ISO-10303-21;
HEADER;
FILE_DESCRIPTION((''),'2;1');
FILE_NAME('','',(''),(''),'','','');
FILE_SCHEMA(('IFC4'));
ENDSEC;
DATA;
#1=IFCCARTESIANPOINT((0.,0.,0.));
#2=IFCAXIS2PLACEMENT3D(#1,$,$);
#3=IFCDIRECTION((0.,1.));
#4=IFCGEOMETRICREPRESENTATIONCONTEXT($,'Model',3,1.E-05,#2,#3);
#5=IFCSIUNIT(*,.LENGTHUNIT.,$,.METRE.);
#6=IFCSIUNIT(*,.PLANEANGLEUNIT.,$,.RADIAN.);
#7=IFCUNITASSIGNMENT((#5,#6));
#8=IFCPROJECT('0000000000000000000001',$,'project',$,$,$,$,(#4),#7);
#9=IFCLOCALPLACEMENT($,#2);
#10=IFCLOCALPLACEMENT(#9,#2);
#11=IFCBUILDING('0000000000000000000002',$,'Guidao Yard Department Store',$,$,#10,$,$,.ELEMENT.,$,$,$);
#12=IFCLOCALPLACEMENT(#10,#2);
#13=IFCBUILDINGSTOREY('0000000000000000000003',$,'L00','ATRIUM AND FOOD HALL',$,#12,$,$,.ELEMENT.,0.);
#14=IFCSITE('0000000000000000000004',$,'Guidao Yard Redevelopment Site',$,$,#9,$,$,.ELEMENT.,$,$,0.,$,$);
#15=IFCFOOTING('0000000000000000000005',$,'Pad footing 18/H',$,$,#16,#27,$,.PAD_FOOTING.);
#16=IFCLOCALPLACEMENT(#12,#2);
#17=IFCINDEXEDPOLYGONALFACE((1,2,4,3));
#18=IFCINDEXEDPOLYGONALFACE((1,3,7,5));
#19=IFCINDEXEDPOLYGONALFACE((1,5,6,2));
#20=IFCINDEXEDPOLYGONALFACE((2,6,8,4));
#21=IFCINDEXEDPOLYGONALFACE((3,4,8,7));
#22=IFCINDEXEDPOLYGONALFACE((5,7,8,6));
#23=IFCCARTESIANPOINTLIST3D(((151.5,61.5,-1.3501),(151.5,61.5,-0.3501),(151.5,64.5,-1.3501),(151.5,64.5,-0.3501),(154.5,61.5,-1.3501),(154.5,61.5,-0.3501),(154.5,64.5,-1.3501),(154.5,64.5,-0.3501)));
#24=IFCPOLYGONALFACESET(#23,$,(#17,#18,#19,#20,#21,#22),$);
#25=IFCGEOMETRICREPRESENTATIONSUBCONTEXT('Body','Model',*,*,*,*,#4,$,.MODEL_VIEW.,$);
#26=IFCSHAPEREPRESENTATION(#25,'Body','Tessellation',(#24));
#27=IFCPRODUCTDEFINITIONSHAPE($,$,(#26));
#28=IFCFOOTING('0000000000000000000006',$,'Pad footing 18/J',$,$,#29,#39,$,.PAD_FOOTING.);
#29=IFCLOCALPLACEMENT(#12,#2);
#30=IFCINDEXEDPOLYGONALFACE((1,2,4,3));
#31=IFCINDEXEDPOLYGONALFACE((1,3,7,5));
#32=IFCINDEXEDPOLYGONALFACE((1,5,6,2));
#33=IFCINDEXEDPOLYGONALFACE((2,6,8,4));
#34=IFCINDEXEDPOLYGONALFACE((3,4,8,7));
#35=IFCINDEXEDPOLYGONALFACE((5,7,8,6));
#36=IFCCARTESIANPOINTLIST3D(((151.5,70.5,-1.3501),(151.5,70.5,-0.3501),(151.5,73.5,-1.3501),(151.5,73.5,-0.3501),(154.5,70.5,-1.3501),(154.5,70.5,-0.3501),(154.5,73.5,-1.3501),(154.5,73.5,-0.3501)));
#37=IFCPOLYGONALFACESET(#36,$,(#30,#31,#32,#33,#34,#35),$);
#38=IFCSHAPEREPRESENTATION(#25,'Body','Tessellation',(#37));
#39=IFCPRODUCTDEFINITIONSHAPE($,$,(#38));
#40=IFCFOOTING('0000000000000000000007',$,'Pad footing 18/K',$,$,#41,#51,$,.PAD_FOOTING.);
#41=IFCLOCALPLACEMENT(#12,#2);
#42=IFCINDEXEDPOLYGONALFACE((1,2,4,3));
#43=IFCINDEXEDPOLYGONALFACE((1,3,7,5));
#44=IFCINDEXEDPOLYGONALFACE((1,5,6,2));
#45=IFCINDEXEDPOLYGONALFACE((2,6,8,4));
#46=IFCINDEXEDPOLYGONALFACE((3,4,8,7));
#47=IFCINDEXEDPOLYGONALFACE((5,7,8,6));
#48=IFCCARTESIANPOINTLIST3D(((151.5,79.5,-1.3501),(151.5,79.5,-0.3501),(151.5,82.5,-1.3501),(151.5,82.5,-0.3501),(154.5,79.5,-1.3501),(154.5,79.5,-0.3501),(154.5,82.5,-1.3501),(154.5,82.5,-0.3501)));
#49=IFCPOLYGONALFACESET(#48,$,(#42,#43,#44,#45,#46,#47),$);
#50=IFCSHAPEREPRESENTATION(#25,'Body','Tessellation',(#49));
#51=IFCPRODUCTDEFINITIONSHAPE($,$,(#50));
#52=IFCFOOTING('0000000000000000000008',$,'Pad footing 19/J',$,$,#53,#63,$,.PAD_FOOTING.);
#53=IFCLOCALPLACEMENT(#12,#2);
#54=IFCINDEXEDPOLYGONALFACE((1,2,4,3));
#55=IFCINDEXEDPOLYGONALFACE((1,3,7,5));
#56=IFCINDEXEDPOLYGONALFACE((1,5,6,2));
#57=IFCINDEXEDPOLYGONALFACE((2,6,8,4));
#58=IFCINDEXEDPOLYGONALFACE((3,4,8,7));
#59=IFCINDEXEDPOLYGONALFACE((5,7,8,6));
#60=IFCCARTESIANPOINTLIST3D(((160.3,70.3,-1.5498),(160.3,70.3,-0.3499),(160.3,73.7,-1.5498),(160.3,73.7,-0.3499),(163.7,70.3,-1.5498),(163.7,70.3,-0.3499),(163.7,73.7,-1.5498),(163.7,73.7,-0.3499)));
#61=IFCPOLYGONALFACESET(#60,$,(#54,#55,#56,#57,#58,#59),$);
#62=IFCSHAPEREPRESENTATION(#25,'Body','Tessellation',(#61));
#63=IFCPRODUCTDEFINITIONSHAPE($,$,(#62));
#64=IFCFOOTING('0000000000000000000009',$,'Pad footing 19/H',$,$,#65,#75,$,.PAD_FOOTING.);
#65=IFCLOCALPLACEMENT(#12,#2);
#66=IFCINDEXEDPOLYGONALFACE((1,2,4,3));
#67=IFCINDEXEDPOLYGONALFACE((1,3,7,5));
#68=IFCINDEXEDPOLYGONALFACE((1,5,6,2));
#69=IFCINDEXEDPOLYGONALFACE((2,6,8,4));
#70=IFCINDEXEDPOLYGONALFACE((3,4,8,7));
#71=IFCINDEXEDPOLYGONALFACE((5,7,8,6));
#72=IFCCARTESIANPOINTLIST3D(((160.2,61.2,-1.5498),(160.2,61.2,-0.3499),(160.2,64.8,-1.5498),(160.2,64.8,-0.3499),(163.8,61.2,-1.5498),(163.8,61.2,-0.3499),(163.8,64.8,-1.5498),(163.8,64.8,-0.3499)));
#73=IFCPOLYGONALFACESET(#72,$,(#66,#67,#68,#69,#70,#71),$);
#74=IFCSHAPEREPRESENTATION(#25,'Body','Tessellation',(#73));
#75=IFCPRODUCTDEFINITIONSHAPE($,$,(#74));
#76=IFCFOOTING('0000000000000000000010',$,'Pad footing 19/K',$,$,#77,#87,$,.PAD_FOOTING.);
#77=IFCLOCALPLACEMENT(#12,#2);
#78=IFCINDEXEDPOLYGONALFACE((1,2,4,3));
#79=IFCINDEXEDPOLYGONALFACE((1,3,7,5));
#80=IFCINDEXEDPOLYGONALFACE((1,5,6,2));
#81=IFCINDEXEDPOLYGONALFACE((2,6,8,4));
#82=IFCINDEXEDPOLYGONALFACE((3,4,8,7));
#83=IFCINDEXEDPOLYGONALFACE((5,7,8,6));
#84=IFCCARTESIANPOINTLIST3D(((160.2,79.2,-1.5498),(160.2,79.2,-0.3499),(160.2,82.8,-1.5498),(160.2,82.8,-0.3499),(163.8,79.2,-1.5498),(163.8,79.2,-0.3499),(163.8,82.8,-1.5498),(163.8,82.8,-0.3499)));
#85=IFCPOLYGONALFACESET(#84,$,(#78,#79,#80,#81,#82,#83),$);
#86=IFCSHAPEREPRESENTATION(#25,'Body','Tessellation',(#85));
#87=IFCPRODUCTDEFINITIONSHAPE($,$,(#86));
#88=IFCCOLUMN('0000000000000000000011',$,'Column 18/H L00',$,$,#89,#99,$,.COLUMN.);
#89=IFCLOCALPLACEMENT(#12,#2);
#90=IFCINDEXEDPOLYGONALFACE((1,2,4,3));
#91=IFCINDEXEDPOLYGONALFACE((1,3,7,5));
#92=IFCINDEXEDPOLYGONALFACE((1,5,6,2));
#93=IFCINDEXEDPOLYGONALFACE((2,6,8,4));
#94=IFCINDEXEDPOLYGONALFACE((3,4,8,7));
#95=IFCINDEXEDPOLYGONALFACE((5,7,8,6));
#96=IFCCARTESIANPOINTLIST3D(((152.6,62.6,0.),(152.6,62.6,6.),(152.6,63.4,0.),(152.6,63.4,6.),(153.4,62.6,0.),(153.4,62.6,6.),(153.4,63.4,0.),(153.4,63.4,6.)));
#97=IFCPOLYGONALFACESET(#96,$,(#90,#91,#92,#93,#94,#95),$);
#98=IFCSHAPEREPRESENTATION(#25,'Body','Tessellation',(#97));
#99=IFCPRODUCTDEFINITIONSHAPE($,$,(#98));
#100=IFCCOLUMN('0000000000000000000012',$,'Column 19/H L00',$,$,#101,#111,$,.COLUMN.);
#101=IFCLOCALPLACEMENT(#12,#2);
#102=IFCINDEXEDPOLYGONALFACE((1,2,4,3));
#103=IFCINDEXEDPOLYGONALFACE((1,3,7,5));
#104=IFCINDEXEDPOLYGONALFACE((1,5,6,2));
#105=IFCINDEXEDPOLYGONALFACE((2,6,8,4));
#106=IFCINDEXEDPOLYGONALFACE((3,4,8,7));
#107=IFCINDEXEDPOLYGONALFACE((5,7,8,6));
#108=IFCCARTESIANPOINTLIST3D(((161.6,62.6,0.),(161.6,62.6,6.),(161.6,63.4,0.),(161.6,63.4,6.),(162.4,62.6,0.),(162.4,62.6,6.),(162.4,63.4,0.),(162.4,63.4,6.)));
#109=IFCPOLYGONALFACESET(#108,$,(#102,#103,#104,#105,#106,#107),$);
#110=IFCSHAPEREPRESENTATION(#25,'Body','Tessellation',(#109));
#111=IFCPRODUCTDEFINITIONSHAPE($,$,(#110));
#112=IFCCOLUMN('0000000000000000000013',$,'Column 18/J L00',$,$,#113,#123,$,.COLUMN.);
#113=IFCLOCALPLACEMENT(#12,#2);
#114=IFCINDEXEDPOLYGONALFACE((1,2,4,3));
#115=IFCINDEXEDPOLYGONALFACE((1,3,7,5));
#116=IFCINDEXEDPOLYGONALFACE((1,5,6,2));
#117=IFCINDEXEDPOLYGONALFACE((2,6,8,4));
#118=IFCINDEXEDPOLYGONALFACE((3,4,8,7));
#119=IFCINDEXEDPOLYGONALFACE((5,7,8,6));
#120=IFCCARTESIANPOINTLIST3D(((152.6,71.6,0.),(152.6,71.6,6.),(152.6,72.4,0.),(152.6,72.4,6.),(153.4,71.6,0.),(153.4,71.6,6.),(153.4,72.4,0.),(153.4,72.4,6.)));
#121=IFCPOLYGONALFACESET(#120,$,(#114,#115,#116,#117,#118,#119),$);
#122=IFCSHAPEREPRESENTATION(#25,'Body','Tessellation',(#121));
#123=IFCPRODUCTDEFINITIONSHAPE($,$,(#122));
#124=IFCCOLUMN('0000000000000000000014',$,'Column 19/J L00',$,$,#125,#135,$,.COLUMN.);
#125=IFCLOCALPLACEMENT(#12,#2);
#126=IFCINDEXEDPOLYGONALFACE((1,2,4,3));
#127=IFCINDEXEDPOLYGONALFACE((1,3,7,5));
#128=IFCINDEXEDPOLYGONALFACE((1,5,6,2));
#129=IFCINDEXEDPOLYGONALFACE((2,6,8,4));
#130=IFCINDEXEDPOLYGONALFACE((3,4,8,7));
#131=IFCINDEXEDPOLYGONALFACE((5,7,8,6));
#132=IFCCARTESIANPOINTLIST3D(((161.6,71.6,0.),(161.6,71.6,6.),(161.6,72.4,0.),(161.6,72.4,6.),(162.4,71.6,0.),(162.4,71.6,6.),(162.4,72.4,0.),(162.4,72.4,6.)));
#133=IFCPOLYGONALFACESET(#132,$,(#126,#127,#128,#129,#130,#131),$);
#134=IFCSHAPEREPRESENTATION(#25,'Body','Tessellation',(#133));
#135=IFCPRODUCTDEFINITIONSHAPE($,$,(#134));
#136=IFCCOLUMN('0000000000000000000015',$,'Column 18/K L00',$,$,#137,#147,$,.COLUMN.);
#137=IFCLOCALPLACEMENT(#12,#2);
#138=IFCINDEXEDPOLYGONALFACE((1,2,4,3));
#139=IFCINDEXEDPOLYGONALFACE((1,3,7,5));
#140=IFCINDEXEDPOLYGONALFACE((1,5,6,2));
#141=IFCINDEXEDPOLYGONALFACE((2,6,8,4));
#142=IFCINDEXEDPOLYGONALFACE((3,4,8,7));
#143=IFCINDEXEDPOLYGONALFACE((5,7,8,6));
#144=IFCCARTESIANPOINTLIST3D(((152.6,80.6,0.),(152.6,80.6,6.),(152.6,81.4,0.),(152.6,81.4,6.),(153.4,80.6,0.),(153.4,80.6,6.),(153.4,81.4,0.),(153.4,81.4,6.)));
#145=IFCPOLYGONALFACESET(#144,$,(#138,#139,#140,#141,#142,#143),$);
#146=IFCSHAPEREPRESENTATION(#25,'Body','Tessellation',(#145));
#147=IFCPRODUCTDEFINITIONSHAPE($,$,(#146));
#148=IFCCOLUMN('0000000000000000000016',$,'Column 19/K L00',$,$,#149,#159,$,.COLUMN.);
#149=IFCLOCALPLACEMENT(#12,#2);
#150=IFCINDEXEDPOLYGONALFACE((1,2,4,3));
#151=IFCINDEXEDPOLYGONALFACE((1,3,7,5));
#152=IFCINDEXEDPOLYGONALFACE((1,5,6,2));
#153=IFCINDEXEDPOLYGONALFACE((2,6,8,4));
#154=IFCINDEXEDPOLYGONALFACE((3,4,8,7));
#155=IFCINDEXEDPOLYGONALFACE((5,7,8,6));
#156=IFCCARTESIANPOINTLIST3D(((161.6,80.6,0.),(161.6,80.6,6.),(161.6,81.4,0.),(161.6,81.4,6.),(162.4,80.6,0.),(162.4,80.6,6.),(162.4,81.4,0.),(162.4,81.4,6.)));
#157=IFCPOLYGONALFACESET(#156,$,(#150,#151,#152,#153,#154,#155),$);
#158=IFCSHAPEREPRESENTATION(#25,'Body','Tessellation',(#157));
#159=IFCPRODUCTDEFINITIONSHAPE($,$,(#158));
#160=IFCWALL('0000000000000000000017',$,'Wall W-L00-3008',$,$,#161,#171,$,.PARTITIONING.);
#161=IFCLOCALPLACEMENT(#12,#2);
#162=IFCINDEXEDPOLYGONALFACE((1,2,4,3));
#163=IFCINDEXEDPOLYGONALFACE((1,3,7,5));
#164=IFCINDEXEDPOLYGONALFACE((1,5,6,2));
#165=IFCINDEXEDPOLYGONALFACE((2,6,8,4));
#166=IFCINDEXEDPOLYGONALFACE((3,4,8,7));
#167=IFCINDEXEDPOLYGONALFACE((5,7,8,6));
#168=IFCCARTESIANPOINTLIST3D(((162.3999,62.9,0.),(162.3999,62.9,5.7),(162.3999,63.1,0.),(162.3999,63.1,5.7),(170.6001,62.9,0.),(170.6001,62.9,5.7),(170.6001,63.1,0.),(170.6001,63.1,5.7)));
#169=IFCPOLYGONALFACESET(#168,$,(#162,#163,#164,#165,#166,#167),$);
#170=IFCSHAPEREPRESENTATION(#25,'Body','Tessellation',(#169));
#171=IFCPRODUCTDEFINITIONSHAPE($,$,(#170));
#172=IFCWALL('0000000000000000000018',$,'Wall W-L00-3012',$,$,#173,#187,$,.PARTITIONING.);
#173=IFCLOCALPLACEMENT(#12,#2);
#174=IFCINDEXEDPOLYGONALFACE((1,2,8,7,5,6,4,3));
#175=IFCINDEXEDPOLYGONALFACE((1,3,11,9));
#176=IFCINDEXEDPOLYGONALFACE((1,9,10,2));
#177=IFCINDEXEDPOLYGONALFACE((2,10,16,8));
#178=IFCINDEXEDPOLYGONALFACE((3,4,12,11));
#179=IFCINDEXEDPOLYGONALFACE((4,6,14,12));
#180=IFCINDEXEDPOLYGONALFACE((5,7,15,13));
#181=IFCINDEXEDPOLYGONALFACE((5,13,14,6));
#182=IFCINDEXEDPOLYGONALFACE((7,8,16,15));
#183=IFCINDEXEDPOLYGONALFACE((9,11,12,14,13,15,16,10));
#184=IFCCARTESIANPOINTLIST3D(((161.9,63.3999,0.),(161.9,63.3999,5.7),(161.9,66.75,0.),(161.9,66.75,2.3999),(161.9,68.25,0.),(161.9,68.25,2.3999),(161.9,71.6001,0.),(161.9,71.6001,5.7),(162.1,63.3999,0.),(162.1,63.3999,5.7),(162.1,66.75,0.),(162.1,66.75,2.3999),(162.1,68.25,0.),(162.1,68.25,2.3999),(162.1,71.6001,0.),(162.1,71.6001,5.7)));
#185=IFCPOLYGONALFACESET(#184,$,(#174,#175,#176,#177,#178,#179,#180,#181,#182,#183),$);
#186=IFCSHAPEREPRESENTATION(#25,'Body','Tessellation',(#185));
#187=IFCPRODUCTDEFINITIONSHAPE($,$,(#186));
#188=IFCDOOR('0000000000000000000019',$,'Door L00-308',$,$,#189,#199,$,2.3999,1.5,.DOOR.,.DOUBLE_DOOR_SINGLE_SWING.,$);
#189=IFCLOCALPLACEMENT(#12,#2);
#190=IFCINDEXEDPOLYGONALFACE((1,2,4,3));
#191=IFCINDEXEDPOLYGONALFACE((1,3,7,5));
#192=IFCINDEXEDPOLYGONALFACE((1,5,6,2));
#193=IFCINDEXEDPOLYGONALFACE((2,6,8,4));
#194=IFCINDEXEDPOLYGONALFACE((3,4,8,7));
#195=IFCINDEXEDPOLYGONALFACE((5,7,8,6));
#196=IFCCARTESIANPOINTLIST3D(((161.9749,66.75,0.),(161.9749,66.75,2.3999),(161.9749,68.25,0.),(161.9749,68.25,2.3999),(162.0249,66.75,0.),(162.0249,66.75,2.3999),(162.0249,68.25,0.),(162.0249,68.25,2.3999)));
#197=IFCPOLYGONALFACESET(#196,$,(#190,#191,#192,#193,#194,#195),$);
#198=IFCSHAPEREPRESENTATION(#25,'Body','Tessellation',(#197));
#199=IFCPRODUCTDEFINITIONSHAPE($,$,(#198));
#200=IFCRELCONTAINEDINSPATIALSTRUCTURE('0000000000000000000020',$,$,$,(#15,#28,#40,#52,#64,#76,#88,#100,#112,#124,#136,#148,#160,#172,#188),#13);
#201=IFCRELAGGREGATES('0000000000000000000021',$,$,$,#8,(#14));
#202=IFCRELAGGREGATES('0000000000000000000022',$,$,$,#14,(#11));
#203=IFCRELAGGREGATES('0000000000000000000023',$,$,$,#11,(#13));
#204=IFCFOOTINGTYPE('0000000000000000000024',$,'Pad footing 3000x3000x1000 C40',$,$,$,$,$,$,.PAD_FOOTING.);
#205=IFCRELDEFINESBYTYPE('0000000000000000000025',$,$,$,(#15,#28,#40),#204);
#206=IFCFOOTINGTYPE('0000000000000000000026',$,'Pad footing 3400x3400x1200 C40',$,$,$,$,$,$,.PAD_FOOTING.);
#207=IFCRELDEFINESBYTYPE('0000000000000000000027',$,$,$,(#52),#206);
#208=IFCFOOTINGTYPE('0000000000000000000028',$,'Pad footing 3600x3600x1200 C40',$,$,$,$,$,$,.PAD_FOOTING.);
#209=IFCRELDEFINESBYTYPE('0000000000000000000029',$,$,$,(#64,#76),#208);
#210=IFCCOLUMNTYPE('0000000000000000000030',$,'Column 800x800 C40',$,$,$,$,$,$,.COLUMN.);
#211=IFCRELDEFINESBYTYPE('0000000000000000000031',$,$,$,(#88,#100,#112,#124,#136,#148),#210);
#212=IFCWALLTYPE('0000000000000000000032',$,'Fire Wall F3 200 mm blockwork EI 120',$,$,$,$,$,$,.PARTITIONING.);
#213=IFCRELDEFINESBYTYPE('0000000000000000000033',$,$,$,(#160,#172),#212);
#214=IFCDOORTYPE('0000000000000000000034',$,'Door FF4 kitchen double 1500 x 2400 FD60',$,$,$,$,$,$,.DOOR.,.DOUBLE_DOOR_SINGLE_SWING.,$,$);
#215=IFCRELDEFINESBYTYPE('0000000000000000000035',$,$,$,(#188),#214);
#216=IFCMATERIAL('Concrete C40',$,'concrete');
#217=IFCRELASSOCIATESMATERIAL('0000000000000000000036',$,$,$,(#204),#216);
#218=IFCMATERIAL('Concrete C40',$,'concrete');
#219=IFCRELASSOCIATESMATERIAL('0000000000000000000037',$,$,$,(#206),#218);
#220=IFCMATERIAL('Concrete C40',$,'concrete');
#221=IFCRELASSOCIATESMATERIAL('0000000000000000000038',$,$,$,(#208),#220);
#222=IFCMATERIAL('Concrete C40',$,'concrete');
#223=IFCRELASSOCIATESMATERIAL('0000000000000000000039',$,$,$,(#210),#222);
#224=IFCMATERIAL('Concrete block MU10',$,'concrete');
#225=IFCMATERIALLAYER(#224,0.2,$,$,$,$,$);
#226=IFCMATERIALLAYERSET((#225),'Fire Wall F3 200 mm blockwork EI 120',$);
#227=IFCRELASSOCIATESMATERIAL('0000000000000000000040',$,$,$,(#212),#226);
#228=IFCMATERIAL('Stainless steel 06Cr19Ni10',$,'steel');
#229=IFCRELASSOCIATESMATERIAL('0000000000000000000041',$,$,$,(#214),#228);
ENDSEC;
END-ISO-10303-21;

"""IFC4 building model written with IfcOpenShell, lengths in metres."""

from ifc_helpers import new_model, si_unit, direction, frame, frame_2d, origin, origin_2d, place, context, subcontext, project, spatial, rectangle, extrude, material, layer, layer_set, material_profile, profile_set, type_object, element, fill, save


model = new_model("IFC4")

# Units and contexts
model_context = context("Model", 3, precision=1e-05, world=origin(), true_north=direction((0.0, 1.0)))
body_context = subcontext(model_context, "Body", "Model", "MODEL_VIEW")
ifc_project = project(units=[si_unit("LENGTHUNIT", "METRE"), si_unit("PLANEANGLEUNIT", "RADIAN")], contexts=[model_context])

# Site, building, storey
site_placement = place(None, origin())
site = spatial("IfcSite", under=ifc_project, at=site_placement, Name="Guidao Yard Redevelopment Site", CompositionType="ELEMENT", RefElevation=0.0)
building_placement = place(site_placement, origin())
building = spatial("IfcBuilding", under=site, at=building_placement, Name="Guidao Yard Department Store", CompositionType="ELEMENT")
storey_placement = place(building_placement, origin())
storey = spatial("IfcBuildingStorey", under=building, at=storey_placement, Name="L00", Description="ATRIUM AND FOOD HALL", CompositionType="ELEMENT", Elevation=0.0)

# Footings
ifc_material_1 = material(Name="Concrete C40", Category="concrete")
footing_type_1 = type_object("IfcFootingType", Name="Pad footing 3000x3000x1000 C40", PredefinedType="PAD_FOOTING", material=ifc_material_1)
for number, where, z_axis, x_axis, name in (
    (1, (153.0, 63.0, -1.3501), (0.0, 0.0, 1.0), (1.0, 0.0, 0.0), "Pad footing 18/H"),
    (2, (153.0, 72.0, -1.3501), (0.0, 0.0, 1.0), (1.0, 0.0, 0.0), "Pad footing 18/J"),
    (3, (153.0, 81.0, -1.3501), (0.0, 0.0, 1.0), (1.0, 0.0, 0.0), "Pad footing 18/K"),
):
    element("IfcFooting", number, at=place(storey_placement, frame(where, z_axis=z_axis, x_axis=x_axis)), inside=storey, type_object=footing_type_1, Name=name, PredefinedType="PAD_FOOTING", context=body_context, shape_type="SweptSolid", body=[
        extrude(rectangle(XDim=3.0, YDim=3.0, at=origin_2d()), origin(), (0.0, 0.0, 1.0), 1.0),
    ])
ifc_material_2 = material(Name="Concrete C40", Category="concrete")
footing_type_2 = type_object("IfcFootingType", Name="Pad footing 3400x3400x1200 C40", PredefinedType="PAD_FOOTING", material=ifc_material_2)
footing_placement = place(storey_placement, frame((162.0, 72.0, -1.5498), z_axis=(0.0, 0.0, 1.0), x_axis=(1.0, 0.0, 0.0)))
element("IfcFooting", 4, at=footing_placement, inside=storey, type_object=footing_type_2, Name="Pad footing 19/J", PredefinedType="PAD_FOOTING", context=body_context, shape_type="SweptSolid", body=[
    extrude(rectangle(XDim=3.3999, YDim=3.3999, at=origin_2d()), origin(), (0.0, 0.0, 1.0), 1.2),
])
ifc_material_3 = material(Name="Concrete C40", Category="concrete")
footing_type_3 = type_object("IfcFootingType", Name="Pad footing 3600x3600x1200 C40", PredefinedType="PAD_FOOTING", material=ifc_material_3)
for number, where, z_axis, x_axis, name in (
    (5, (162.0, 63.0, -1.5498), (0.0, 0.0, 1.0), (1.0, 0.0, 0.0), "Pad footing 19/H"),
    (6, (162.0, 81.0, -1.5498), (0.0, 0.0, 1.0), (1.0, 0.0, 0.0), "Pad footing 19/K"),
):
    element("IfcFooting", number, at=place(storey_placement, frame(where, z_axis=z_axis, x_axis=x_axis)), inside=storey, type_object=footing_type_3, Name=name, PredefinedType="PAD_FOOTING", context=body_context, shape_type="SweptSolid", body=[
        extrude(rectangle(XDim=3.6001, YDim=3.6001, at=origin_2d()), origin(), (0.0, 0.0, 1.0), 1.2),
    ])

# Columns
ifc_material_4 = material(Name="Concrete C40", Category="concrete")
ifc_material_profile = material_profile(ifc_material_4, rectangle(XDim=0.8, YDim=0.8, at=origin_2d()), Name="COL 800x800")
ifc_profile_set = profile_set([ifc_material_profile], Name="Concrete C40")
column_type = type_object("IfcColumnType", Name="Column 800x800 C40", PredefinedType="COLUMN", material=ifc_profile_set)
for number, where, z_axis, x_axis, name in (
    (7, (153.0, 63.0, 0.0), (0.0, 0.0, 1.0), (1.0, 0.0, 0.0), "Column 18/H L00"),
    (8, (162.0, 63.0, 0.0), (0.0, 0.0, 1.0), (1.0, 0.0, 0.0), "Column 19/H L00"),
    (9, (153.0, 72.0, 0.0), (0.0, 0.0, 1.0), (1.0, 0.0, 0.0), "Column 18/J L00"),
    (10, (162.0, 72.0, 0.0), (0.0, 0.0, 1.0), (1.0, 0.0, 0.0), "Column 19/J L00"),
    (11, (153.0, 81.0, 0.0), (0.0, 0.0, 1.0), (1.0, 0.0, 0.0), "Column 18/K L00"),
    (12, (162.0, 81.0, 0.0), (0.0, 0.0, 1.0), (1.0, 0.0, 0.0), "Column 19/K L00"),
):
    element("IfcColumn", number, at=place(storey_placement, frame(where, z_axis=z_axis, x_axis=x_axis)), inside=storey, type_object=column_type, Name=name, PredefinedType="COLUMN", context=body_context, shape_type="SweptSolid", body=[
        extrude(rectangle(XDim=0.8, YDim=0.8, at=origin_2d()), origin(), (0.0, 0.0, 1.0), 6.0),
    ])

# Wall
ifc_material_5 = material(Name="Concrete block MU10", Category="concrete")
ifc_layer_1 = layer(ifc_material_5, 0.2)
ifc_layer_set_1 = layer_set([ifc_layer_1], Name="Fire Wall F3 200 mm blockwork EI 120")
wall_type_1 = type_object("IfcWallType", Name="Fire Wall F3 200 mm blockwork EI 120", PredefinedType="PARTITIONING", material=ifc_layer_set_1)
wall_1_placement = place(storey_placement, frame((162.3999, 63.0, 0.0), z_axis=(0.0, 0.0, 1.0), x_axis=(1.0, 0.0, 0.0)))
element("IfcWall", 13, at=wall_1_placement, inside=storey, type_object=wall_type_1, Name="Wall W-L00-3008", PredefinedType="PARTITIONING", context=body_context, shape_type="SweptSolid", body=[
    extrude(rectangle(XDim=8.2002, YDim=0.2, at=frame_2d((4.1001, 0.0))), origin(), (0.0, 0.0, 1.0), 5.7),
])

# Wall, opening, door
wall_2_placement = place(storey_placement, frame((162.0, 63.3999, 0.0), z_axis=(0.0, 0.0, 1.0), x_axis=(0.0, 1.0, 0.0)))
wall_2 = element("IfcWall", 14, at=wall_2_placement, inside=storey, type_object=wall_type_1, Name="Wall W-L00-3012", PredefinedType="PARTITIONING", context=body_context, shape_type="SweptSolid", body=[
    extrude(rectangle(XDim=8.2002, YDim=0.2, at=frame_2d((4.1001, 0.0))), origin(), (0.0, 0.0, 1.0), 5.7),
])
opening_1_placement = place(wall_2_placement, frame((4.8501, 0.0, 0.0), z_axis=(0.0, 0.0, 1.0), x_axis=(-1.0, 0.0, 0.0)))
opening_1 = element("IfcOpeningElement", 15, at=opening_1_placement, cuts=wall_2, PredefinedType="OPENING", context=body_context, shape_type="SweptSolid", body=[
    extrude(rectangle(XDim=1.5, YDim=2.3999, at=frame_2d((0.75, 1.2))), frame((0.0, 0.1099, 0.0), z_axis=(0.0, -1.0, 0.0), x_axis=(1.0, 0.0, 0.0)), (0.0, 0.0, 1.0), 0.22),
])
ifc_material_6 = material(Name="Stainless steel 06Cr19Ni10", Category="steel")
door_type_1 = type_object("IfcDoorType", Name="Door FF4 kitchen double 1500 x 2400 FD60", OperationType="DOUBLE_DOOR_SINGLE_SWING", PredefinedType="DOOR", material=ifc_material_6)
door_1_placement = place(opening_1_placement, origin())
door_1 = element("IfcDoor", 16, at=door_1_placement, inside=storey, type_object=door_type_1, Name="Door L00-308", OperationType="DOUBLE_DOOR_SINGLE_SWING", OverallHeight=2.3999, OverallWidth=1.5, PredefinedType="DOOR", context=body_context, shape_type="SweptSolid", body=[
    extrude(rectangle(XDim=1.5, YDim=2.3999, at=frame_2d((0.75, 1.2))), frame((0.0, 0.0249, 0.0), z_axis=(0.0, -1.0, 0.0), x_axis=(1.0, 0.0, 0.0)), (0.0, 0.0, 1.0), 0.05),
])
fill(opening_1, door_1)

save(model, "model.ifc")
